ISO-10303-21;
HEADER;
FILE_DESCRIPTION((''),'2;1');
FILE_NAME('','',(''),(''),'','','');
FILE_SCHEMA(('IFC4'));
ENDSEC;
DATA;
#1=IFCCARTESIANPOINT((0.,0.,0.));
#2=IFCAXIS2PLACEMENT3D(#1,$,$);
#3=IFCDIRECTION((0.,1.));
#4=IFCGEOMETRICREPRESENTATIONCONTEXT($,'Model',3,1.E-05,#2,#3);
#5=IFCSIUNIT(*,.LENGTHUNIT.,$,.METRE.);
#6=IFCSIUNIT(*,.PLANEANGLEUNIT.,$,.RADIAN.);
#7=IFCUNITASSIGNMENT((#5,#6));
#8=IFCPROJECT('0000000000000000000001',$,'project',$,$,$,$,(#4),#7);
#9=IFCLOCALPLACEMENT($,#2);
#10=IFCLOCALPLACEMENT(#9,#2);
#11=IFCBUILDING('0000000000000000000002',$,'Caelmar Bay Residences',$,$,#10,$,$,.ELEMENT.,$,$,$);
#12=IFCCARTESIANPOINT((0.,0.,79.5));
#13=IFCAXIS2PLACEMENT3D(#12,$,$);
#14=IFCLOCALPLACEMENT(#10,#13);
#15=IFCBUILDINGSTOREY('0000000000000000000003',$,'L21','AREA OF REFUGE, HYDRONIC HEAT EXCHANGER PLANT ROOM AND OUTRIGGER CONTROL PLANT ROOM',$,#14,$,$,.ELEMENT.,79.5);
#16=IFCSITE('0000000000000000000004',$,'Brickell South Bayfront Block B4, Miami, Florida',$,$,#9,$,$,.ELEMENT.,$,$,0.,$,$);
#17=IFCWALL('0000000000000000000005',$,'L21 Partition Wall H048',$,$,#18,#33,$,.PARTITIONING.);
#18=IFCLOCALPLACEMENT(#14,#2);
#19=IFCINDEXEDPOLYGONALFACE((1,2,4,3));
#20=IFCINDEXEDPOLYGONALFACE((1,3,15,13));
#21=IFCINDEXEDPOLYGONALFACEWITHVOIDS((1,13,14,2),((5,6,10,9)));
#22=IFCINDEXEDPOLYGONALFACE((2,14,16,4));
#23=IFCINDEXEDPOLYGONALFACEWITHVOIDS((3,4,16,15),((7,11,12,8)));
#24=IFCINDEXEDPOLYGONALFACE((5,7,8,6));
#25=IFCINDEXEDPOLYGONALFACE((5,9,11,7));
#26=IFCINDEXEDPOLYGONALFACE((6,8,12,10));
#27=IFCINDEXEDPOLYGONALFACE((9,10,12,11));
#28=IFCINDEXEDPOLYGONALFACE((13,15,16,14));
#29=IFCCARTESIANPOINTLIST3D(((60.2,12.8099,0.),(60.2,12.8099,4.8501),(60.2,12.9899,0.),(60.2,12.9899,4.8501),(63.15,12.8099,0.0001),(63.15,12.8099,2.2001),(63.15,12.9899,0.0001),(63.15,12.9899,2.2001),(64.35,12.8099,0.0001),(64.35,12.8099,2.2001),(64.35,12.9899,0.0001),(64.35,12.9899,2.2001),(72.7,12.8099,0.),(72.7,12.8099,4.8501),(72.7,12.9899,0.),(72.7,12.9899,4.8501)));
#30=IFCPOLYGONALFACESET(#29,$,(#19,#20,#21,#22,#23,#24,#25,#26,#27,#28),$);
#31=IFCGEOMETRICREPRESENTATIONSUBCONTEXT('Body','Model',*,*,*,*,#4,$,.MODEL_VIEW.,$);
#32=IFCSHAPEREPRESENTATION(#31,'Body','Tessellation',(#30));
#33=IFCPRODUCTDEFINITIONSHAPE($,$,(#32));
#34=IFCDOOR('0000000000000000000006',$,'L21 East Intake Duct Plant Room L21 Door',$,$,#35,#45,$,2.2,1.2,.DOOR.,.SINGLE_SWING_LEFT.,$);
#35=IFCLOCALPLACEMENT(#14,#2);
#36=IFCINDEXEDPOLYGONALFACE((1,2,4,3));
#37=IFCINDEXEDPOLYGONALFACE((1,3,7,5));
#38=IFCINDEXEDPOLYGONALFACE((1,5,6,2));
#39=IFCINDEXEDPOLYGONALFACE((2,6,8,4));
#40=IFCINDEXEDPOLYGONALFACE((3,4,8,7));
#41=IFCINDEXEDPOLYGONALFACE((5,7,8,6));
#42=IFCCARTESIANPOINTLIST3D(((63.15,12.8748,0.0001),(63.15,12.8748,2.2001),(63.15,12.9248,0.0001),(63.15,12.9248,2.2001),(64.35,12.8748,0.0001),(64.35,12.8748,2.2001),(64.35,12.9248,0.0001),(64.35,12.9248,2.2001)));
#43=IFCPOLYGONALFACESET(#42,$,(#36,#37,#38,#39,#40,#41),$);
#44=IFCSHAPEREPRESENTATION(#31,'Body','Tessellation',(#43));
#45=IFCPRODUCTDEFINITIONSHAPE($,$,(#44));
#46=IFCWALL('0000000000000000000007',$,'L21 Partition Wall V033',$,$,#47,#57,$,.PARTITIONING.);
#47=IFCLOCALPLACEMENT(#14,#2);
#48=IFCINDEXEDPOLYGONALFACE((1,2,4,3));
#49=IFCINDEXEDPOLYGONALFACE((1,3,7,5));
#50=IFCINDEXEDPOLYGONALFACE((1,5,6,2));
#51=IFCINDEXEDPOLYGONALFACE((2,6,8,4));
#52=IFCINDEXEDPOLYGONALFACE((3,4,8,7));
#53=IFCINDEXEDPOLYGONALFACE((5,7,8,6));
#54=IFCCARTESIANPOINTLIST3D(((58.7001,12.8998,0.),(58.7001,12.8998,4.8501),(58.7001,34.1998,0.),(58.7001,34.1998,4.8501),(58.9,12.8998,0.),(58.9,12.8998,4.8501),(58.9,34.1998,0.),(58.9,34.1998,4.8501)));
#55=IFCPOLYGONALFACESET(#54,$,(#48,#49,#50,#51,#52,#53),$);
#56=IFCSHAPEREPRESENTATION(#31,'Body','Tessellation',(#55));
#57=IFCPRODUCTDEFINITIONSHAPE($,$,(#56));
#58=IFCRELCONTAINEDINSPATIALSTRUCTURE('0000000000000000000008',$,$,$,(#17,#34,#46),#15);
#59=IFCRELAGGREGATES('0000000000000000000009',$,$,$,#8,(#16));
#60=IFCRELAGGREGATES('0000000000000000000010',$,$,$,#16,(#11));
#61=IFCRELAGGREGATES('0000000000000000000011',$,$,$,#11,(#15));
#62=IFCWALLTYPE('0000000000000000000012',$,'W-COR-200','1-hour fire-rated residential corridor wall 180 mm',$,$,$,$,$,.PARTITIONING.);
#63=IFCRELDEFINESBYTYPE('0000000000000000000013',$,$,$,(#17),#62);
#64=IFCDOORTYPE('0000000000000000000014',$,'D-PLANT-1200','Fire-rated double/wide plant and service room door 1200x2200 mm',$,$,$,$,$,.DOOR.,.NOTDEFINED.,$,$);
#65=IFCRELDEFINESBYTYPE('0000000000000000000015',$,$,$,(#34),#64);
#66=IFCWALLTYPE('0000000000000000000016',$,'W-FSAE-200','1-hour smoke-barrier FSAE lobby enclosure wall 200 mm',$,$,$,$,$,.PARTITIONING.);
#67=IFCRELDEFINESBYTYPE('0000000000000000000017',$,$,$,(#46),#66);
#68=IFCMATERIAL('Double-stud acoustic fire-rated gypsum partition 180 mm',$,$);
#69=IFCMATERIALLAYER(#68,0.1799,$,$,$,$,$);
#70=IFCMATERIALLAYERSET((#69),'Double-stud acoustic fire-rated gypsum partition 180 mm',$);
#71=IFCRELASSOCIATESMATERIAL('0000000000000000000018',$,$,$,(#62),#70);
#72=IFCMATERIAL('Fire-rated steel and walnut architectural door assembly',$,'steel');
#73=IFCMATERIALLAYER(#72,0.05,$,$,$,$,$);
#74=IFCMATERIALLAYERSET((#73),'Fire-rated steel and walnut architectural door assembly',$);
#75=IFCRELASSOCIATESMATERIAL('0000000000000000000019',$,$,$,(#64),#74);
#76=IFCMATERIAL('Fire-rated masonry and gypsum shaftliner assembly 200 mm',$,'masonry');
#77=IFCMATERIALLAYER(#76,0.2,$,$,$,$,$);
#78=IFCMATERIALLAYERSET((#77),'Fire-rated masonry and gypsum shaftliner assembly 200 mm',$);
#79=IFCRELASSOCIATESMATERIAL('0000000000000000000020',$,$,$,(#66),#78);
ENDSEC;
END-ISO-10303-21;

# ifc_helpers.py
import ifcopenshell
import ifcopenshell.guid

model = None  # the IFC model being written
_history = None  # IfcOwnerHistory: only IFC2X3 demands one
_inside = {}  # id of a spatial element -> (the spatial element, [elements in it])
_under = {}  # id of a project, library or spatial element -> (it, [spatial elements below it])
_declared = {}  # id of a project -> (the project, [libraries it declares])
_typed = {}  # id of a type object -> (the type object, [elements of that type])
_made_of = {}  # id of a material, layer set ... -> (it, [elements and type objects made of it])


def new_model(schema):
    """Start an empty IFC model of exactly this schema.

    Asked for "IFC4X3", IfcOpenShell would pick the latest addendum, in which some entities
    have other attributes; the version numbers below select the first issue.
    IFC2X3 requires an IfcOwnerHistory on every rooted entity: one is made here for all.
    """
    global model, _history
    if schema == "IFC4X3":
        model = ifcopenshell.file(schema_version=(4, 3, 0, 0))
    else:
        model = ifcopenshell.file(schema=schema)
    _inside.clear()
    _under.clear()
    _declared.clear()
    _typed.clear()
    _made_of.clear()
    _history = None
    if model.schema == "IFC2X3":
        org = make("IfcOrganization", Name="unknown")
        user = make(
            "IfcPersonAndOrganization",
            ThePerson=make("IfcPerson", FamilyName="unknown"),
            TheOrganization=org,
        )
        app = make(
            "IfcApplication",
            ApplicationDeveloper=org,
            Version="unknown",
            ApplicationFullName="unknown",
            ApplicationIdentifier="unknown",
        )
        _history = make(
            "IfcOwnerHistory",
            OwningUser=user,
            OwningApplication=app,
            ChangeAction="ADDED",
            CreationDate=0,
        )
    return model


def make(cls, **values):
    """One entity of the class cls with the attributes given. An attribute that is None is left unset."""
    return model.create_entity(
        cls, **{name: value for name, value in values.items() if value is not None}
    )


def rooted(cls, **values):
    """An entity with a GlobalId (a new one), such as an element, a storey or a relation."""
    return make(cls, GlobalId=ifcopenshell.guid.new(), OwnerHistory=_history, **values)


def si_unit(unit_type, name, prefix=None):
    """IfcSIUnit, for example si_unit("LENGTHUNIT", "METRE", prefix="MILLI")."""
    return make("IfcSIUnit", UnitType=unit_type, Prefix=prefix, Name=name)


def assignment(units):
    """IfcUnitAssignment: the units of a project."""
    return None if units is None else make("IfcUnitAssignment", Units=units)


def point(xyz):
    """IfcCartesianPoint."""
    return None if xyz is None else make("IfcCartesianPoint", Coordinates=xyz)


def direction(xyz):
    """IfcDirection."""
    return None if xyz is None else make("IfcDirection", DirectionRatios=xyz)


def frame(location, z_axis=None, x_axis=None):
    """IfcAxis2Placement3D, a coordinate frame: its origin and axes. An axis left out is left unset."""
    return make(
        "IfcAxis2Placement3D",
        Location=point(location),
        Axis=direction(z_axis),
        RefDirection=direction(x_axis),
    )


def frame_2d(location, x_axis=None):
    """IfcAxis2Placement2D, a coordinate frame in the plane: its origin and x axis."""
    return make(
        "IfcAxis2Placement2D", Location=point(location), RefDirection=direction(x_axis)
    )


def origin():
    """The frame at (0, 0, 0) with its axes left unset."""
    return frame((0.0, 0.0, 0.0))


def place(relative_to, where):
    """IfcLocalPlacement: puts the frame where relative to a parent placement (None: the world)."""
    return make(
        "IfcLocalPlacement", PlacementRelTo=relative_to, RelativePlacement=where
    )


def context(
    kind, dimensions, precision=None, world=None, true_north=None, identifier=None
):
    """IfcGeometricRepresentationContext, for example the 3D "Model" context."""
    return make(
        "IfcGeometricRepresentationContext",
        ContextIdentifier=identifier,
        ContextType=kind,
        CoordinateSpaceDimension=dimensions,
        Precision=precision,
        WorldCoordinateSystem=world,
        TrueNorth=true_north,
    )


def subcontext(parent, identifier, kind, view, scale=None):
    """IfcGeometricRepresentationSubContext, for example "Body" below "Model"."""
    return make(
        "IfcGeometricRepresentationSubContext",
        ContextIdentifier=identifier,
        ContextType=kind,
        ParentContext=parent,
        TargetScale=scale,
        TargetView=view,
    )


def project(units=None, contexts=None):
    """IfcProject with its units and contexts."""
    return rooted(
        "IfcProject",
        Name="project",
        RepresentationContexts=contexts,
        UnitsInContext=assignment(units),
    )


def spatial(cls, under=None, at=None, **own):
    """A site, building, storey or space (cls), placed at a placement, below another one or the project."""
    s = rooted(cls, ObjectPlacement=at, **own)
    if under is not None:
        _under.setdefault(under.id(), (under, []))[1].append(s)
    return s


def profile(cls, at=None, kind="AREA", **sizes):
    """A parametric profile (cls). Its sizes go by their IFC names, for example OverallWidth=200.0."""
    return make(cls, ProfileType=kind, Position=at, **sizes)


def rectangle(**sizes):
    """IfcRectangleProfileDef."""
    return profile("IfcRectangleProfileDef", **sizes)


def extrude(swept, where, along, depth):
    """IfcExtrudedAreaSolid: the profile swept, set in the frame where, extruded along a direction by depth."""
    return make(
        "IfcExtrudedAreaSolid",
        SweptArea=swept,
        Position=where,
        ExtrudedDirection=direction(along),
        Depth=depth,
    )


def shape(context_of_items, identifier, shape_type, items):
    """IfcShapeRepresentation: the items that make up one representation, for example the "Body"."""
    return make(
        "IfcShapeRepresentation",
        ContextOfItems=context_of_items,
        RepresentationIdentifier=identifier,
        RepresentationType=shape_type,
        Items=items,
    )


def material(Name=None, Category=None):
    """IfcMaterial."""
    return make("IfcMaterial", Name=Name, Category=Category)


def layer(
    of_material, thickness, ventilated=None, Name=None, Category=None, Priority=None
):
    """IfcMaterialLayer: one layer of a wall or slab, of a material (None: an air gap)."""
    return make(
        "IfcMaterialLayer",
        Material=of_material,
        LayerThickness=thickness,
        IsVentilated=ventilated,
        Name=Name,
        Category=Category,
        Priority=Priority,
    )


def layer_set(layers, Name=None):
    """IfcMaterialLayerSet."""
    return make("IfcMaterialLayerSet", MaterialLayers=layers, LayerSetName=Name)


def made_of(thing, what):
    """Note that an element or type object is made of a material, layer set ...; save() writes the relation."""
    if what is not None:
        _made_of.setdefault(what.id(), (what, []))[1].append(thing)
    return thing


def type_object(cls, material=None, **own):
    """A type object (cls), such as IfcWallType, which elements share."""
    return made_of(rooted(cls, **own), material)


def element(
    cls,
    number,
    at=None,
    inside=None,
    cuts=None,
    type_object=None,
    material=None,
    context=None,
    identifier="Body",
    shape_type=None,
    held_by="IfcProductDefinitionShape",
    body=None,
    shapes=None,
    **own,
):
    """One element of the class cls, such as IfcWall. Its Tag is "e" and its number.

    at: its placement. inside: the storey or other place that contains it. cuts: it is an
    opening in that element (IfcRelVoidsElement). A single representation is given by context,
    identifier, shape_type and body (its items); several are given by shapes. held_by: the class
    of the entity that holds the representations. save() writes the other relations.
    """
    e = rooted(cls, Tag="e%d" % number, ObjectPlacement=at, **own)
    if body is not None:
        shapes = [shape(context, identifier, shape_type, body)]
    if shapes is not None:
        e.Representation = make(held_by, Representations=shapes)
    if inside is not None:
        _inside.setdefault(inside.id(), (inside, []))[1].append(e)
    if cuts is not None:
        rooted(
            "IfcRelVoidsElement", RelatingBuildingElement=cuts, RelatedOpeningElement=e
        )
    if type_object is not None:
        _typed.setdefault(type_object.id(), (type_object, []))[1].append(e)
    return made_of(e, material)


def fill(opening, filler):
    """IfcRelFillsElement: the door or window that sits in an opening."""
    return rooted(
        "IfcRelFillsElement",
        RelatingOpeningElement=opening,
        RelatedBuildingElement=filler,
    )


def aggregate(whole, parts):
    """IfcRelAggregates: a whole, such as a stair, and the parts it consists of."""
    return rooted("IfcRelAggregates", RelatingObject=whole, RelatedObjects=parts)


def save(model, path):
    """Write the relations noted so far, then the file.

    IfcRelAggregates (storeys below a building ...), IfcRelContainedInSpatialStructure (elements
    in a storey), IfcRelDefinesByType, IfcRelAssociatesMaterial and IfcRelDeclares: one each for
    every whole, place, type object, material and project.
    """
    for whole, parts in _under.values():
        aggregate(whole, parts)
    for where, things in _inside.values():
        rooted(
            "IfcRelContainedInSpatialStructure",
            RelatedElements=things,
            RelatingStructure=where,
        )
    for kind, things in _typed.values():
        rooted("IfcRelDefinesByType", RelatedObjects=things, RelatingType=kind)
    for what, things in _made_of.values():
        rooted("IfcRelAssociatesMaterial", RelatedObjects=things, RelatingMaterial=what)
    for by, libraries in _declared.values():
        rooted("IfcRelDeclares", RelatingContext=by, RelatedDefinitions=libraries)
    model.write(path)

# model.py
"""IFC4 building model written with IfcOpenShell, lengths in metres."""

from ifc_helpers import new_model, si_unit, direction, frame, frame_2d, origin, place, context, subcontext, project, spatial, rectangle, extrude, material, layer, layer_set, type_object, element, fill, save


model = new_model("IFC4")

# Units and contexts
model_context = context("Model", 3, precision=1e-05, world=origin(), true_north=direction((0.0, 1.0)))
body_context = subcontext(model_context, "Body", "Model", "MODEL_VIEW")
ifc_project = project(units=[si_unit("LENGTHUNIT", "METRE"), si_unit("PLANEANGLEUNIT", "RADIAN")], contexts=[model_context])

# Site, building, storey
site_placement = place(None, origin())
site = spatial("IfcSite", under=ifc_project, at=site_placement, Name="Brickell South Bayfront Block B4, Miami, Florida", CompositionType="ELEMENT", RefElevation=0.0)
building_placement = place(site_placement, origin())
building = spatial("IfcBuilding", under=site, at=building_placement, Name="Caelmar Bay Residences", CompositionType="ELEMENT")
storey_placement = place(building_placement, frame((0.0, 0.0, 79.5)))
storey = spatial("IfcBuildingStorey", under=building, at=storey_placement, Name="L21", Description="AREA OF REFUGE, HYDRONIC HEAT EXCHANGER PLANT ROOM AND OUTRIGGER CONTROL PLANT ROOM", CompositionType="ELEMENT", Elevation=79.5)

# Shared definitions
ifc_material_1 = material(Name="Double-stud acoustic fire-rated gypsum partition 180 mm")
ifc_layer_1 = layer(ifc_material_1, 0.1799)
ifc_layer_set_1 = layer_set([ifc_layer_1], Name="Double-stud acoustic fire-rated gypsum partition 180 mm")
wall_type_1 = type_object("IfcWallType", Name="W-COR-200", Description="1-hour fire-rated residential corridor wall 180 mm", PredefinedType="PARTITIONING", material=ifc_layer_set_1)

# Wall, opening, door
ifc_material_2 = material(Name="Fire-rated steel and walnut architectural door assembly", Category="steel")
ifc_layer_2 = layer(ifc_material_2, 0.05)
ifc_layer_set_2 = layer_set([ifc_layer_2], Name="Fire-rated steel and walnut architectural door assembly")
door_type = type_object("IfcDoorType", Name="D-PLANT-1200", Description="Fire-rated double/wide plant and service room door 1200x2200 mm", OperationType="NOTDEFINED", PredefinedType="DOOR", material=ifc_layer_set_2)
wall_1_placement = place(storey_placement, frame((60.2, 12.8999, 0.0), z_axis=(0.0, 0.0, 1.0), x_axis=(1.0, 0.0, 0.0)))
wall_1 = element("IfcWall", 1, at=wall_1_placement, inside=storey, type_object=wall_type_1, Name="L21 Partition Wall H048", PredefinedType="PARTITIONING", context=body_context, shape_type="SweptSolid", body=[
    extrude(rectangle(XDim=12.5, YDim=0.1799, at=frame_2d((6.25, 0.0))), origin(), (0.0, 0.0, 1.0), 4.8501),
])
opening_1_placement = place(wall_1_placement, frame((2.95, 0.0, 0.0)))
opening_1 = element("IfcOpeningElement", 2, at=opening_1_placement, cuts=wall_1, PredefinedType="OPENING", context=body_context, shape_type="SweptSolid", body=[
    extrude(rectangle(XDim=1.2, YDim=2.2, at=frame_2d((0.6001, 1.1001))), frame((0.0, 0.0999, 0.0), z_axis=(0.0, -1.0, 0.0), x_axis=(1.0, 0.0, 0.0)), (0.0, 0.0, 1.0), 0.2),
])
door_1_placement = place(opening_1_placement, origin())
door_1 = element("IfcDoor", 3, at=door_1_placement, inside=storey, type_object=door_type, Name="L21 East Intake Duct Plant Room L21 Door", OperationType="SINGLE_SWING_LEFT", OverallHeight=2.2, OverallWidth=1.2, PredefinedType="DOOR", context=body_context, shape_type="SweptSolid", body=[
    extrude(rectangle(XDim=1.2, YDim=2.2, at=frame_2d((0.6001, 1.1001))), frame((0.0, 0.0249, 0.0), z_axis=(0.0, -1.0, 0.0), x_axis=(1.0, 0.0, 0.0)), (0.0, 0.0, 1.0), 0.05),
])
fill(opening_1, door_1)

# Wall
ifc_material_3 = material(Name="Fire-rated masonry and gypsum shaftliner assembly 200 mm", Category="masonry")
ifc_layer_3 = layer(ifc_material_3, 0.2)
ifc_layer_set_3 = layer_set([ifc_layer_3], Name="Fire-rated masonry and gypsum shaftliner assembly 200 mm")
wall_type_2 = type_object("IfcWallType", Name="W-FSAE-200", Description="1-hour smoke-barrier FSAE lobby enclosure wall 200 mm", PredefinedType="PARTITIONING", material=ifc_layer_set_3)
wall_2_placement = place(storey_placement, frame((58.8, 12.8999, 0.0), z_axis=(0.0, 0.0, 1.0), x_axis=(0.0, 1.0, 0.0)))
element("IfcWall", 4, at=wall_2_placement, inside=storey, type_object=wall_type_2, Name="L21 Partition Wall V033", PredefinedType="PARTITIONING", context=body_context, shape_type="SweptSolid", body=[
    extrude(rectangle(XDim=21.3, YDim=0.2, at=frame_2d((10.6499, 0.0))), origin(), (0.0, 0.0, 1.0), 4.8501),
])

save(model, "model.ifc")
